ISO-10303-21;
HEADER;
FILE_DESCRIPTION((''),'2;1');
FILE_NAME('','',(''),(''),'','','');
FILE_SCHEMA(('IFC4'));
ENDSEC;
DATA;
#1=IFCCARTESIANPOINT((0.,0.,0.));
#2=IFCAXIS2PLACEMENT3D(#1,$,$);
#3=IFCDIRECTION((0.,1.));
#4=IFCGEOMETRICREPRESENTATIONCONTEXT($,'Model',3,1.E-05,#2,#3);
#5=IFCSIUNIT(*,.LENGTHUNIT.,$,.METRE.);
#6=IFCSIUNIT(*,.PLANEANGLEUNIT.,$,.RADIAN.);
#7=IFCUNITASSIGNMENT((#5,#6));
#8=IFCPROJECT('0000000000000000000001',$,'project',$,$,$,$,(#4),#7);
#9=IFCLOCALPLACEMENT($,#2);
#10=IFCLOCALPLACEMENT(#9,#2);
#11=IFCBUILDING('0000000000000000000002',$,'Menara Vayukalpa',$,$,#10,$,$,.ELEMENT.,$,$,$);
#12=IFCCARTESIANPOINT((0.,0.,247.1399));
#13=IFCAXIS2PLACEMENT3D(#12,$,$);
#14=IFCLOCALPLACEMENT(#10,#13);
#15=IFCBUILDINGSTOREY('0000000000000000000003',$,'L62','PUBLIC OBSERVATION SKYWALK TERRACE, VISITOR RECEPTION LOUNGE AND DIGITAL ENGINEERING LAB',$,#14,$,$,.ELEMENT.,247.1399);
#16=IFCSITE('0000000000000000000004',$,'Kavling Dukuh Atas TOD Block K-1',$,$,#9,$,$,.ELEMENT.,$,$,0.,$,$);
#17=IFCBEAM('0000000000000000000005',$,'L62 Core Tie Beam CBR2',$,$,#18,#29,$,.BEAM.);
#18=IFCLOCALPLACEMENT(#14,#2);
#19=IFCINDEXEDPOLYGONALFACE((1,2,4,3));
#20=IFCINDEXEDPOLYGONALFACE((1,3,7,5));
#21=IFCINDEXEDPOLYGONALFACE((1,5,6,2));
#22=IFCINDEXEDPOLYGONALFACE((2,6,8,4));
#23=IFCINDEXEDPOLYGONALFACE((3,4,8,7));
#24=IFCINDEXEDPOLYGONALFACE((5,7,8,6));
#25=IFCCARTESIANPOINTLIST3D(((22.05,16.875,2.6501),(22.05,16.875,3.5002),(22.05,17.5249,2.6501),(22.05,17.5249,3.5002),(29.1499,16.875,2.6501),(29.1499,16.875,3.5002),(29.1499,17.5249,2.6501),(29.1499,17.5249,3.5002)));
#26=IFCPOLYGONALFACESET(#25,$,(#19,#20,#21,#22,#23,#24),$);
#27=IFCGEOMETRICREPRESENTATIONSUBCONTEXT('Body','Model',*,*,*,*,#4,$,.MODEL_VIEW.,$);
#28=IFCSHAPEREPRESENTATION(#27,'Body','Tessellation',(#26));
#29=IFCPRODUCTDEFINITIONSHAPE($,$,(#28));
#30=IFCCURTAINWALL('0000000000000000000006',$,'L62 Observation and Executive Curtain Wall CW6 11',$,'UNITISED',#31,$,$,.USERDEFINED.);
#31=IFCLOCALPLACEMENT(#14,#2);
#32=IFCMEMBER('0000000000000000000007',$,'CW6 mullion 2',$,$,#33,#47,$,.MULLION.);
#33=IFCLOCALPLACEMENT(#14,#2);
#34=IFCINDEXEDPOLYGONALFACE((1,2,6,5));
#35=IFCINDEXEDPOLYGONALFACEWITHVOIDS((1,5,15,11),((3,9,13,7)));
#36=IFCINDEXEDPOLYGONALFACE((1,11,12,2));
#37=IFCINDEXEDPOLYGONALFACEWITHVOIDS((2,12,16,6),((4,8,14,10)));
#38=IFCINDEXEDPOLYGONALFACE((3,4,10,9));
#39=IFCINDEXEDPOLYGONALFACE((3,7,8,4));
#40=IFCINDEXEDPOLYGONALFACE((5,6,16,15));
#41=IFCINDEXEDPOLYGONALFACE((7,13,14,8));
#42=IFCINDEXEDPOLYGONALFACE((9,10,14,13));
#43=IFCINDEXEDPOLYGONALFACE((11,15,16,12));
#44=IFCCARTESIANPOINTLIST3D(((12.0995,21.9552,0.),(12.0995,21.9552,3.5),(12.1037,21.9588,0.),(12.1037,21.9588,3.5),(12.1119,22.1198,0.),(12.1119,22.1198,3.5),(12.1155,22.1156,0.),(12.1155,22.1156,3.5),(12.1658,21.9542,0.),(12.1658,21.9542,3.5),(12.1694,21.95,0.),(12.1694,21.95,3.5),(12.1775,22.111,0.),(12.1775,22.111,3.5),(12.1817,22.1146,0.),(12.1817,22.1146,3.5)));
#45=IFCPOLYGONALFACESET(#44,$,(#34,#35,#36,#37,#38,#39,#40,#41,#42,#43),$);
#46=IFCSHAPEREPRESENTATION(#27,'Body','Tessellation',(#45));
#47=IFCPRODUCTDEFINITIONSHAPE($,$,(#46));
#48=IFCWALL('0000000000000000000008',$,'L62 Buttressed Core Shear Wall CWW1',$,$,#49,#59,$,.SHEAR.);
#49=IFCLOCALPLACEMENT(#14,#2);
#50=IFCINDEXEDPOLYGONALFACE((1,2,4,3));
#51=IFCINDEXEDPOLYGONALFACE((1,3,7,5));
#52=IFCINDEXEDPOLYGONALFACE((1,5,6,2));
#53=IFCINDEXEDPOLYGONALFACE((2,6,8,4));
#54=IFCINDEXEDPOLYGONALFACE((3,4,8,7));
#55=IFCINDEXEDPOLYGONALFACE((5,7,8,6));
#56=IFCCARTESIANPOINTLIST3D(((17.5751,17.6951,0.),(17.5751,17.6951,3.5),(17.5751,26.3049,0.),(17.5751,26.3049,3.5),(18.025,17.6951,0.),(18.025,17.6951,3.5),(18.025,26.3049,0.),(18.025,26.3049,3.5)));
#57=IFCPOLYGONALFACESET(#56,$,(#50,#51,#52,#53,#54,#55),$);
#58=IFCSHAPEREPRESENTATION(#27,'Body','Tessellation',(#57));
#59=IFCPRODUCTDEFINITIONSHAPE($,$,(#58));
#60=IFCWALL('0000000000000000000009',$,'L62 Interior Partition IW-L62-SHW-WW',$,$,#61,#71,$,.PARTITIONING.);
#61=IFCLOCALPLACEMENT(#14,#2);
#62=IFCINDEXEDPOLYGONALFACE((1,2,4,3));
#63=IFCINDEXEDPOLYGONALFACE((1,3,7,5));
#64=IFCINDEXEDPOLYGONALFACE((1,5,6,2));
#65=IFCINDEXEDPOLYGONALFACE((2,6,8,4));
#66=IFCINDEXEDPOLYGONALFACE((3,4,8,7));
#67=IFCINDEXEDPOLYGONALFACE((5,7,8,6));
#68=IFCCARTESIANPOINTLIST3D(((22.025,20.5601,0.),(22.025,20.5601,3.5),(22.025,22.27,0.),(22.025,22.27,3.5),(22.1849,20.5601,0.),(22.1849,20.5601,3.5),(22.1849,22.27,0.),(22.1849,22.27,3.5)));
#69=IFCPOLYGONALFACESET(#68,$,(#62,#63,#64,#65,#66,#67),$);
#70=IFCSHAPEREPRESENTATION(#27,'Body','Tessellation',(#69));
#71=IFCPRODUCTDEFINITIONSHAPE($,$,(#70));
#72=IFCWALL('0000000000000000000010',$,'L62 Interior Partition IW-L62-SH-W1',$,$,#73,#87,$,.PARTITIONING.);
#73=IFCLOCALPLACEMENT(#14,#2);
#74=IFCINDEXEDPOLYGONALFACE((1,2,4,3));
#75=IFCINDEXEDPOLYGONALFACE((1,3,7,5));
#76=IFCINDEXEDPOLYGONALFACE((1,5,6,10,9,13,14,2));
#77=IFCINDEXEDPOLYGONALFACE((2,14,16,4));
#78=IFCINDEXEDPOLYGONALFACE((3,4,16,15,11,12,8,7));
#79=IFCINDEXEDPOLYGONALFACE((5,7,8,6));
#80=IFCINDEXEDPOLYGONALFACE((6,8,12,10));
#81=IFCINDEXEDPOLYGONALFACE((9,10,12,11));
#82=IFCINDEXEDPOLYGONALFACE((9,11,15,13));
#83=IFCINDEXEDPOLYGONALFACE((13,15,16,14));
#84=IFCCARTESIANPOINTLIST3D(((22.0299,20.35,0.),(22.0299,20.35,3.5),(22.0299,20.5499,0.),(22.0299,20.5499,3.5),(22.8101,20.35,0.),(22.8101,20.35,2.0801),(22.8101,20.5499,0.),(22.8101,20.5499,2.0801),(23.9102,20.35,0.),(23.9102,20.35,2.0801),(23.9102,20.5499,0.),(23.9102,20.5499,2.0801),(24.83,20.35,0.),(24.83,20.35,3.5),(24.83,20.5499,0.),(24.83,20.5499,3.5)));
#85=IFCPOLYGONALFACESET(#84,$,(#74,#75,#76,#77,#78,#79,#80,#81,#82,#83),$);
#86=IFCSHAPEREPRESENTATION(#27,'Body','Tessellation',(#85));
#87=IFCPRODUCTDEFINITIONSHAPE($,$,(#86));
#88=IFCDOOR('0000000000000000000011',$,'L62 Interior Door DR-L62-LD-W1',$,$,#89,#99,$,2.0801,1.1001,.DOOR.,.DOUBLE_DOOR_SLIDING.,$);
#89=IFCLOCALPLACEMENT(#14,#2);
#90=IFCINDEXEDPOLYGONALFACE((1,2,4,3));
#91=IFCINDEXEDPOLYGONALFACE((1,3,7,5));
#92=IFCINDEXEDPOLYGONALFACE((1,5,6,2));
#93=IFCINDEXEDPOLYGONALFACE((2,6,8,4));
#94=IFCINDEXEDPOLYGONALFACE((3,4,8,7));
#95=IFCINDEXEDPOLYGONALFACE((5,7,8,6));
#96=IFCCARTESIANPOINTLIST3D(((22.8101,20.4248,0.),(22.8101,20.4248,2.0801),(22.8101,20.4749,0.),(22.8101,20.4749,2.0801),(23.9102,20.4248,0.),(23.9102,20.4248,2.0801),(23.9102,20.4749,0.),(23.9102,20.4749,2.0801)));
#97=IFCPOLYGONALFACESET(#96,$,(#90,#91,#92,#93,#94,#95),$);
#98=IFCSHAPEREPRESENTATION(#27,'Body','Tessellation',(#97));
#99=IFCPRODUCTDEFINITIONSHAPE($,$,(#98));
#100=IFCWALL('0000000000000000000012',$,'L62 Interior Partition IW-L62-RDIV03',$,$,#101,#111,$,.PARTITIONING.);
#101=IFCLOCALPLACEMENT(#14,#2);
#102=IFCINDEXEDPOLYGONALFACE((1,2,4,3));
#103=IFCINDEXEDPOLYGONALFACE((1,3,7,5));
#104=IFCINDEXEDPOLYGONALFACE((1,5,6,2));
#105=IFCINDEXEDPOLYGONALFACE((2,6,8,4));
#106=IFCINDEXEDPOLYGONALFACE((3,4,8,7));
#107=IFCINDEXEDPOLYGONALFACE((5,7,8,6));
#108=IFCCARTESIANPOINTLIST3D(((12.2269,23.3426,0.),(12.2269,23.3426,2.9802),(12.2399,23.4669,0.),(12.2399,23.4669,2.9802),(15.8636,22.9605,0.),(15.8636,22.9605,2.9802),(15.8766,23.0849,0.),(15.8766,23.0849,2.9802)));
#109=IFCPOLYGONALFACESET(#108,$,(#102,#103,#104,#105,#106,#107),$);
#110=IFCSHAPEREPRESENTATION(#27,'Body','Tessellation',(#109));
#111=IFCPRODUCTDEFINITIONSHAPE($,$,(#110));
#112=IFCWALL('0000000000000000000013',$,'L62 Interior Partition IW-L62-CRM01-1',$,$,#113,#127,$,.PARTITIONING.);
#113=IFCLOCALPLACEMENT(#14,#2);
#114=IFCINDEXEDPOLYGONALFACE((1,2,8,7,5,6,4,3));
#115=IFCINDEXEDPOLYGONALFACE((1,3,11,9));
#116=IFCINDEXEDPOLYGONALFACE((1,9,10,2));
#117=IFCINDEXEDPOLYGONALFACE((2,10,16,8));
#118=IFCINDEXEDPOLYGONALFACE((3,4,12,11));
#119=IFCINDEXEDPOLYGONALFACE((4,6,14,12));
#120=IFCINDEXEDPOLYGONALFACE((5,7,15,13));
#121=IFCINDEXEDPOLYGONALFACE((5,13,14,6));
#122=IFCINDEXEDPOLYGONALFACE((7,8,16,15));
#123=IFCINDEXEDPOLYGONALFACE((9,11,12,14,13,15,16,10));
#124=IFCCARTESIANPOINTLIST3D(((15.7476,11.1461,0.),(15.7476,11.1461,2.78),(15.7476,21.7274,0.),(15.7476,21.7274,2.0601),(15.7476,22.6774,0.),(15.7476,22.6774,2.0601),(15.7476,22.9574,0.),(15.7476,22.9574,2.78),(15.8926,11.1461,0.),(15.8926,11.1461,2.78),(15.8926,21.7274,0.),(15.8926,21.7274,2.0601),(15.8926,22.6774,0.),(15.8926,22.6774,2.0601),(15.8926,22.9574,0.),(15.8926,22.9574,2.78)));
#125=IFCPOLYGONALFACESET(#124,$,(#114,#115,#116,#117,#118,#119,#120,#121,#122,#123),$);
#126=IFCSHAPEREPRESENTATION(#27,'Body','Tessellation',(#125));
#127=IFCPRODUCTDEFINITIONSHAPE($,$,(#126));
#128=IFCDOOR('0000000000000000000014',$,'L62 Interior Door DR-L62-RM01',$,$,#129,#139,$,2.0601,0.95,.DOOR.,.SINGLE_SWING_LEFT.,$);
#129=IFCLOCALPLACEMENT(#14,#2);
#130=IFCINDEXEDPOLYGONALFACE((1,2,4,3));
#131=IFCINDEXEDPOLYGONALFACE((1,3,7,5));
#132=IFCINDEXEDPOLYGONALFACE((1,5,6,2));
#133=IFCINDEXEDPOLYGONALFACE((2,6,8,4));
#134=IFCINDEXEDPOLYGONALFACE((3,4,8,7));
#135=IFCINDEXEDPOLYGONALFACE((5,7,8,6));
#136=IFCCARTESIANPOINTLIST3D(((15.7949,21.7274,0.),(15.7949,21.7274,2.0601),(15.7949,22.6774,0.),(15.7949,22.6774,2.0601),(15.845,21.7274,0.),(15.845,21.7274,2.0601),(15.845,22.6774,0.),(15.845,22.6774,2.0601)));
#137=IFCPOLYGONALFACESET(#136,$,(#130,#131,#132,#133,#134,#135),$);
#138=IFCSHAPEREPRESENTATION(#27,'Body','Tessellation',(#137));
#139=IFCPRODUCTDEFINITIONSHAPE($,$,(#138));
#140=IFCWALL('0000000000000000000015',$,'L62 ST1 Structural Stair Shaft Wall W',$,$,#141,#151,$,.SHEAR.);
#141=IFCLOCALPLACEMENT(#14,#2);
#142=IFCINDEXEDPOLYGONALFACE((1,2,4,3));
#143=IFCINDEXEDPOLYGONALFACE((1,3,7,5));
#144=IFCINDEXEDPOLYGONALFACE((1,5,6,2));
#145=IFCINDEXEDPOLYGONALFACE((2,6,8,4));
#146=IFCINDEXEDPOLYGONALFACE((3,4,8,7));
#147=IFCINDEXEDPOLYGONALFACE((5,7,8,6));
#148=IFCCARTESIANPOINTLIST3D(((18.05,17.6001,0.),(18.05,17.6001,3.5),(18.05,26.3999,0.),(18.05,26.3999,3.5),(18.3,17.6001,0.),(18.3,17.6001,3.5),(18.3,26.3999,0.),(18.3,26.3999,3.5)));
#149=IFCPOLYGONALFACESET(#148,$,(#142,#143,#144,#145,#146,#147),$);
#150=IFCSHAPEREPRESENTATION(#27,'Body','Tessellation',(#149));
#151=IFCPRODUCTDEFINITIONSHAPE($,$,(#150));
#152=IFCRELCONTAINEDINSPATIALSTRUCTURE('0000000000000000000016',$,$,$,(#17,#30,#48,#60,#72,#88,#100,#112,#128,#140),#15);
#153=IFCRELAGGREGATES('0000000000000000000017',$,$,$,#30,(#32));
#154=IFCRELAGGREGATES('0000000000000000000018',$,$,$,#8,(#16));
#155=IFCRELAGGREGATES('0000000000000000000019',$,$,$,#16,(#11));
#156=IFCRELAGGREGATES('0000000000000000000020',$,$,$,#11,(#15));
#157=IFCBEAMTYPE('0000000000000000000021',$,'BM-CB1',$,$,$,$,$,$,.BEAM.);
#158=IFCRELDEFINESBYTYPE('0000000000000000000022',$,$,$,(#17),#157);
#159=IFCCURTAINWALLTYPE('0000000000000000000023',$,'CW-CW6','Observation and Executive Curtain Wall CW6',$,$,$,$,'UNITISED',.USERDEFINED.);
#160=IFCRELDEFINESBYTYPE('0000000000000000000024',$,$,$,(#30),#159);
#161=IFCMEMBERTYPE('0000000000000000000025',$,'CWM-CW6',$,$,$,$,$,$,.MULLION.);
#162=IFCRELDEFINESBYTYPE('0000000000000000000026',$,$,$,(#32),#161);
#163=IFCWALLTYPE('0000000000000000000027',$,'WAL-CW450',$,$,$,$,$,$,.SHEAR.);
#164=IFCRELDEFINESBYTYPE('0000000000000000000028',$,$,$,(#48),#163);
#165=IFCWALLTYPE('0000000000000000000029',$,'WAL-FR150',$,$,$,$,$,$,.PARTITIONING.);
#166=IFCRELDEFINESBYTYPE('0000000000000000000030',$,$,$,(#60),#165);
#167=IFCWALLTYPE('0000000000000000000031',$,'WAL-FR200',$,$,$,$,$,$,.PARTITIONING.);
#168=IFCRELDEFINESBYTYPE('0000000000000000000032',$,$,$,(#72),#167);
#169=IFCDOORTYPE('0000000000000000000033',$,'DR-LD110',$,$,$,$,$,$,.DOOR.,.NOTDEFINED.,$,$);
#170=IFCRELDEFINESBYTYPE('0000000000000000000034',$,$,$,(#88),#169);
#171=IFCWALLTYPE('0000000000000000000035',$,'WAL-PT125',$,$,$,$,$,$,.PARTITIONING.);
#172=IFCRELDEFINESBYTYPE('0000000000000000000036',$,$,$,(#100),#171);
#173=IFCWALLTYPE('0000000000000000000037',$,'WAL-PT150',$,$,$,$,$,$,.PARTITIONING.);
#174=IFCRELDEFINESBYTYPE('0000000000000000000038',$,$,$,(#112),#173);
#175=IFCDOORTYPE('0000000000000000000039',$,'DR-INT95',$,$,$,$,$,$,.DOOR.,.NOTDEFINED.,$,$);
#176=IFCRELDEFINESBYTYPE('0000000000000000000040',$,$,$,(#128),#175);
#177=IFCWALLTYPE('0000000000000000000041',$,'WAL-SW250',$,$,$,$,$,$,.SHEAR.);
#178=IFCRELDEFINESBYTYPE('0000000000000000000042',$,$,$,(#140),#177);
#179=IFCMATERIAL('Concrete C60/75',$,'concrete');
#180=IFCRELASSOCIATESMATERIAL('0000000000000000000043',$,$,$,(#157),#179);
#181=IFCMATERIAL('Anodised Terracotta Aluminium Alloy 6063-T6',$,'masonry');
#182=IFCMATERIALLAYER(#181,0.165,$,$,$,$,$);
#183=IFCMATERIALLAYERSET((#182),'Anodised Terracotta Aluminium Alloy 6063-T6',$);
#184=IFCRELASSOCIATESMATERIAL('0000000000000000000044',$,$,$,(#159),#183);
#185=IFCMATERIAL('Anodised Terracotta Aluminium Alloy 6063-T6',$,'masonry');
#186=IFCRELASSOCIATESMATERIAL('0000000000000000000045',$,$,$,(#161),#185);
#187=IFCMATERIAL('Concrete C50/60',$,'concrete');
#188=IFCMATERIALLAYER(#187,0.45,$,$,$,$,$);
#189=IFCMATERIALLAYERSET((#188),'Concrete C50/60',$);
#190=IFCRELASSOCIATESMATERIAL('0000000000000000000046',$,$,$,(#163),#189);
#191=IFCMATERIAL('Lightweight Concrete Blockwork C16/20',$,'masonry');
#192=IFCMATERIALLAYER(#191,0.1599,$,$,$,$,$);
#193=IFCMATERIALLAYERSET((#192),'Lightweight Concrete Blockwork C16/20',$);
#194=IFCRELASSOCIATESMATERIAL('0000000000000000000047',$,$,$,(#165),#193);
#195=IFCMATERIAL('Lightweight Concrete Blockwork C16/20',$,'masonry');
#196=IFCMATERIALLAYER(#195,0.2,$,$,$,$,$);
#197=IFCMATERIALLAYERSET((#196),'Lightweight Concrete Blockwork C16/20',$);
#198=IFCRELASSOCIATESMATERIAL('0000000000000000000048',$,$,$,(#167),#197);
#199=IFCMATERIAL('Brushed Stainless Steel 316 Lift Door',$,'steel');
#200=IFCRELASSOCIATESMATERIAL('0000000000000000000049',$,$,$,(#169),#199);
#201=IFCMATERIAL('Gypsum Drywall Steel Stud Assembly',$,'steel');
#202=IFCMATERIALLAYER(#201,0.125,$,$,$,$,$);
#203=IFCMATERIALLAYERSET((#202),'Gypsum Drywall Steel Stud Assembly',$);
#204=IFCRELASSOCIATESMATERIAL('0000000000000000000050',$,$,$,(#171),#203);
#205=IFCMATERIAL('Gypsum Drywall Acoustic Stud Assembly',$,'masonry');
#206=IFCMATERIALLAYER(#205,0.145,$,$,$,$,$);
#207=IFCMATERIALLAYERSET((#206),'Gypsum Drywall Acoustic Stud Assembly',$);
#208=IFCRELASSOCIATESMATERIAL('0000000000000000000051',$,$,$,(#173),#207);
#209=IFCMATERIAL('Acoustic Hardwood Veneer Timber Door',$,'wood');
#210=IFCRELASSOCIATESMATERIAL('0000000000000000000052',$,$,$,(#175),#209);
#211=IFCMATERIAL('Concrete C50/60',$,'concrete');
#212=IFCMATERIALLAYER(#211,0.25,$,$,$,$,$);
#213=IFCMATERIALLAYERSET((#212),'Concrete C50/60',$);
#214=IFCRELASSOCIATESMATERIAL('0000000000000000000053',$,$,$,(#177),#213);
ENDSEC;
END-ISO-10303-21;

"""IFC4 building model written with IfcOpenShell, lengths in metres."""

from ifc_helpers import new_model, si_unit, direction, frame, frame_2d, origin, origin_2d, place, context, subcontext, project, spatial, rectangle, hollow_rectangle, extrude, material, layer, layer_set, material_profile, profile_set, type_object, element, fill, aggregate, save


model = new_model("IFC4")

# Units and contexts
model_context = context("Model", 3, precision=1e-05, world=origin(), true_north=direction((0.0, 1.0)))
body_context = subcontext(model_context, "Body", "Model", "MODEL_VIEW")
ifc_project = project(units=[si_unit("LENGTHUNIT", "METRE"), si_unit("PLANEANGLEUNIT", "RADIAN")], contexts=[model_context])

# Site, building, storey
site_placement = place(None, origin())
site = spatial("IfcSite", under=ifc_project, at=site_placement, Name="Kavling Dukuh Atas TOD Block K-1", CompositionType="ELEMENT", RefElevation=0.0)
building_placement = place(site_placement, origin())
building = spatial("IfcBuilding", under=site, at=building_placement, Name="Menara Vayukalpa", CompositionType="ELEMENT")
storey_placement = place(building_placement, frame((0.0, 0.0, 247.1399)))
storey = spatial("IfcBuildingStorey", under=building, at=storey_placement, Name="L62", Description="PUBLIC OBSERVATION SKYWALK TERRACE, VISITOR RECEPTION LOUNGE AND DIGITAL ENGINEERING LAB", CompositionType="ELEMENT", Elevation=247.1399)

# Beam
ifc_material_1 = material(Name="Concrete C60/75", Category="concrete")
ifc_material_profile_1 = material_profile(ifc_material_1, rectangle(XDim=0.6499, YDim=0.8501, at=origin_2d()), Name="RC 650x850")
ifc_profile_set_1 = profile_set([ifc_material_profile_1], Name="Concrete C60/75")
beam_type = type_object("IfcBeamType", Name="BM-CB1", PredefinedType="BEAM", material=ifc_profile_set_1)
beam_placement = place(storey_placement, frame((22.05, 17.2, 3.0752), z_axis=(1.0, 0.0, 0.0), x_axis=(0.0, 1.0, 0.0)))
element("IfcBeam", 1, at=beam_placement, inside=storey, type_object=beam_type, Name="L62 Core Tie Beam CBR2", PredefinedType="BEAM", context=body_context, shape_type="SweptSolid", body=[
    extrude(rectangle(XDim=0.6499, YDim=0.8501, at=origin_2d()), origin(), (0.0, 0.0, 1.0), 7.0999),
])

# Curtain wall, member
ifc_material_2 = material(Name="Anodised Terracotta Aluminium Alloy 6063-T6", Category="masonry")
ifc_layer_1 = layer(ifc_material_2, 0.165)
ifc_layer_set_1 = layer_set([ifc_layer_1], Name="Anodised Terracotta Aluminium Alloy 6063-T6")
curtain_wall_type = type_object("IfcCurtainWallType", Name="CW-CW6", Description="Observation and Executive Curtain Wall CW6", ElementType="UNITISED", PredefinedType="USERDEFINED", material=ifc_layer_set_1)
curtain_wall_placement = place(storey_placement, origin())
curtain_wall = element("IfcCurtainWall", 2, at=curtain_wall_placement, inside=storey, type_object=curtain_wall_type, Name="L62 Observation and Executive Curtain Wall CW6 11", ObjectType="UNITISED", PredefinedType="USERDEFINED")
ifc_material_3 = material(Name="Anodised Terracotta Aluminium Alloy 6063-T6", Category="masonry")
ifc_material_profile_2 = material_profile(ifc_material_3, hollow_rectangle(XDim=0.0701, YDim=0.165, WallThickness=0.0039, at=origin_2d()), Name="ALU 70x165x4")
ifc_profile_set_2 = profile_set([ifc_material_profile_2], Name="Anodised Terracotta Aluminium Alloy 6063-T6")
member_type = type_object("IfcMemberType", Name="CWM-CW6", PredefinedType="MULLION", material=ifc_profile_set_2)
member_placement = place(storey_placement, frame((12.1406, 22.0349, 0.0), z_axis=(0.0, 0.0, 1.0), x_axis=(0.997199, -0.074789, 0.0)))
member = element("IfcMember", 3, at=member_placement, type_object=member_type, Name="CW6 mullion 2", PredefinedType="MULLION", context=body_context, shape_type="SweptSolid", body=[
    extrude(hollow_rectangle(XDim=0.0701, YDim=0.165, WallThickness=0.0039, at=origin_2d()), origin(), (0.0, 0.0, 1.0), 3.5),
])
aggregate(curtain_wall, [member])

# Walls
ifc_material_4 = material(Name="Concrete C50/60", Category="concrete")
ifc_layer_2 = layer(ifc_material_4, 0.45)
ifc_layer_set_2 = layer_set([ifc_layer_2], Name="Concrete C50/60")
wall_type_1 = type_object("IfcWallType", Name="WAL-CW450", PredefinedType="SHEAR", material=ifc_layer_set_2)
wall_1_placement = place(storey_placement, frame((17.8, 17.6951, 0.0), z_axis=(0.0, 0.0, 1.0), x_axis=(0.0, 1.0, 0.0)))
element("IfcWall", 4, at=wall_1_placement, inside=storey, type_object=wall_type_1, Name="L62 Buttressed Core Shear Wall CWW1", PredefinedType="SHEAR", context=body_context, shape_type="SweptSolid", body=[
    extrude(rectangle(XDim=8.6099, YDim=0.45, at=frame_2d((4.3049, 0.0))), origin(), (0.0, 0.0, 1.0), 3.5),
])
ifc_material_5 = material(Name="Lightweight Concrete Blockwork C16/20", Category="masonry")
ifc_layer_3 = layer(ifc_material_5, 0.1599)
ifc_layer_set_3 = layer_set([ifc_layer_3], Name="Lightweight Concrete Blockwork C16/20")
wall_type_2 = type_object("IfcWallType", Name="WAL-FR150", PredefinedType="PARTITIONING", material=ifc_layer_set_3)
wall_2_placement = place(storey_placement, frame((22.105, 20.5601, 0.0), z_axis=(0.0, 0.0, 1.0), x_axis=(0.0, 1.0, 0.0)))
element("IfcWall", 5, at=wall_2_placement, inside=storey, type_object=wall_type_2, Name="L62 Interior Partition IW-L62-SHW-WW", PredefinedType="PARTITIONING", context=body_context, shape_type="SweptSolid", body=[
    extrude(rectangle(XDim=1.71, YDim=0.1599, at=frame_2d((0.855, 0.0))), origin(), (0.0, 0.0, 1.0), 3.5),
])

# Wall, opening, door
ifc_material_6 = material(Name="Lightweight Concrete Blockwork C16/20", Category="masonry")
ifc_layer_4 = layer(ifc_material_6, 0.2)
ifc_layer_set_4 = layer_set([ifc_layer_4], Name="Lightweight Concrete Blockwork C16/20")
wall_type_3 = type_object("IfcWallType", Name="WAL-FR200", PredefinedType="PARTITIONING", material=ifc_layer_set_4)
wall_3_placement = place(storey_placement, frame((22.03, 20.45, 0.0), z_axis=(0.0, 0.0, 1.0), x_axis=(1.0, 0.0, 0.0)))
wall_3 = element("IfcWall", 6, at=wall_3_placement, inside=storey, type_object=wall_type_3, Name="L62 Interior Partition IW-L62-SH-W1", PredefinedType="PARTITIONING", context=body_context, shape_type="SweptSolid", body=[
    extrude(rectangle(XDim=2.8, YDim=0.2, at=frame_2d((1.3999, 0.0))), origin(), (0.0, 0.0, 1.0), 3.5),
])
opening_1_placement = place(wall_3_placement, frame((0.78, 0.0, 0.0)))
opening_1 = element("IfcOpeningElement", 7, at=opening_1_placement, cuts=wall_3, PredefinedType="OPENING", context=body_context, shape_type="SweptSolid", body=[
    extrude(rectangle(XDim=1.1001, YDim=2.0801, at=frame_2d((0.55, 1.04))), frame((0.0, 0.1099, 0.0), z_axis=(0.0, -1.0, 0.0), x_axis=(1.0, 0.0, 0.0)), (0.0, 0.0, 1.0), 0.22),
])
ifc_material_7 = material(Name="Brushed Stainless Steel 316 Lift Door", Category="steel")
door_type_1 = type_object("IfcDoorType", Name="DR-LD110", OperationType="NOTDEFINED", PredefinedType="DOOR", material=ifc_material_7)
door_1_placement = place(opening_1_placement, origin())
door_1 = element("IfcDoor", 8, at=door_1_placement, inside=storey, type_object=door_type_1, Name="L62 Interior Door DR-L62-LD-W1", OperationType="DOUBLE_DOOR_SLIDING", OverallHeight=2.0801, OverallWidth=1.1001, PredefinedType="DOOR", context=body_context, shape_type="SweptSolid", body=[
    extrude(rectangle(XDim=1.1001, YDim=2.0801, at=frame_2d((0.55, 1.04))), frame((0.0, 0.0249, 0.0), z_axis=(0.0, -1.0, 0.0), x_axis=(1.0, 0.0, 0.0)), (0.0, 0.0, 1.0), 0.05),
])
fill(opening_1, door_1)

# Wall
ifc_material_8 = material(Name="Gypsum Drywall Steel Stud Assembly", Category="steel")
ifc_layer_5 = layer(ifc_material_8, 0.125)
ifc_layer_set_5 = layer_set([ifc_layer_5], Name="Gypsum Drywall Steel Stud Assembly")
wall_type_4 = type_object("IfcWallType", Name="WAL-PT125", PredefinedType="PARTITIONING", material=ifc_layer_set_5)
wall_4_placement = place(storey_placement, frame((15.8701, 23.0227, 0.0), z_axis=(0.0, 0.0, 1.0), x_axis=(-0.994526, 0.104487, 0.0)))
element("IfcWall", 9, at=wall_4_placement, inside=storey, type_object=wall_type_4, Name="L62 Interior Partition IW-L62-RDIV03", PredefinedType="PARTITIONING", context=body_context, shape_type="SweptSolid", body=[
    extrude(rectangle(XDim=3.6567, YDim=0.125, at=frame_2d((1.8284, 0.0))), origin(), (0.0, 0.0, 1.0), 2.9802),
])

# Wall, opening, door
ifc_material_9 = material(Name="Gypsum Drywall Acoustic Stud Assembly", Category="masonry")
ifc_layer_6 = layer(ifc_material_9, 0.145)
ifc_layer_set_6 = layer_set([ifc_layer_6], Name="Gypsum Drywall Acoustic Stud Assembly")
wall_type_5 = type_object("IfcWallType", Name="WAL-PT150", PredefinedType="PARTITIONING", material=ifc_layer_set_6)
wall_5_placement = place(storey_placement, frame((15.8201, 22.9575, 0.0), z_axis=(0.0, 0.0, 1.0), x_axis=(0.0, -1.0, 0.0)))
wall_5 = element("IfcWall", 10, at=wall_5_placement, inside=storey, type_object=wall_type_5, Name="L62 Interior Partition IW-L62-CRM01-1", PredefinedType="PARTITIONING", context=body_context, shape_type="SweptSolid", body=[
    extrude(rectangle(XDim=11.8113, YDim=0.145, at=frame_2d((5.9058, 0.0))), origin(), (0.0, 0.0, 1.0), 2.78),
])
opening_2_placement = place(wall_5_placement, frame((0.28, 0.0, 0.0)))
opening_2 = element("IfcOpeningElement", 11, at=opening_2_placement, cuts=wall_5, PredefinedType="OPENING", context=body_context, shape_type="SweptSolid", body=[
    extrude(rectangle(XDim=0.95, YDim=2.0601, at=frame_2d((0.4751, 1.03))), frame((0.0, 0.0825, 0.0), z_axis=(0.0, -1.0, 0.0), x_axis=(1.0, 0.0, 0.0)), (0.0, 0.0, 1.0), 0.165),
])
ifc_material_10 = material(Name="Acoustic Hardwood Veneer Timber Door", Category="wood")
door_type_2 = type_object("IfcDoorType", Name="DR-INT95", OperationType="NOTDEFINED", PredefinedType="DOOR", material=ifc_material_10)
door_2_placement = place(opening_2_placement, origin())
door_2 = element("IfcDoor", 12, at=door_2_placement, inside=storey, type_object=door_type_2, Name="L62 Interior Door DR-L62-RM01", OperationType="SINGLE_SWING_LEFT", OverallHeight=2.0601, OverallWidth=0.95, PredefinedType="DOOR", context=body_context, shape_type="SweptSolid", body=[
    extrude(rectangle(XDim=0.95, YDim=2.0601, at=frame_2d((0.4751, 1.03))), frame((0.0, 0.0249, 0.0), z_axis=(0.0, -1.0, 0.0), x_axis=(1.0, 0.0, 0.0)), (0.0, 0.0, 1.0), 0.05),
])
fill(opening_2, door_2)

# Wall
ifc_material_11 = material(Name="Concrete C50/60", Category="concrete")
ifc_layer_7 = layer(ifc_material_11, 0.25)
ifc_layer_set_7 = layer_set([ifc_layer_7], Name="Concrete C50/60")
wall_type_6 = type_object("IfcWallType", Name="WAL-SW250", PredefinedType="SHEAR", material=ifc_layer_set_7)
wall_6_placement = place(storey_placement, frame((18.175, 17.6001, 0.0), z_axis=(0.0, 0.0, 1.0), x_axis=(0.0, 1.0, 0.0)))
element("IfcWall", 13, at=wall_6_placement, inside=storey, type_object=wall_type_6, Name="L62 ST1 Structural Stair Shaft Wall W", PredefinedType="SHEAR", context=body_context, shape_type="SweptSolid", body=[
    extrude(rectangle(XDim=8.7998, YDim=0.25, at=frame_2d((4.3999, 0.0))), origin(), (0.0, 0.0, 1.0), 3.5),
])

save(model, "model.ifc")
